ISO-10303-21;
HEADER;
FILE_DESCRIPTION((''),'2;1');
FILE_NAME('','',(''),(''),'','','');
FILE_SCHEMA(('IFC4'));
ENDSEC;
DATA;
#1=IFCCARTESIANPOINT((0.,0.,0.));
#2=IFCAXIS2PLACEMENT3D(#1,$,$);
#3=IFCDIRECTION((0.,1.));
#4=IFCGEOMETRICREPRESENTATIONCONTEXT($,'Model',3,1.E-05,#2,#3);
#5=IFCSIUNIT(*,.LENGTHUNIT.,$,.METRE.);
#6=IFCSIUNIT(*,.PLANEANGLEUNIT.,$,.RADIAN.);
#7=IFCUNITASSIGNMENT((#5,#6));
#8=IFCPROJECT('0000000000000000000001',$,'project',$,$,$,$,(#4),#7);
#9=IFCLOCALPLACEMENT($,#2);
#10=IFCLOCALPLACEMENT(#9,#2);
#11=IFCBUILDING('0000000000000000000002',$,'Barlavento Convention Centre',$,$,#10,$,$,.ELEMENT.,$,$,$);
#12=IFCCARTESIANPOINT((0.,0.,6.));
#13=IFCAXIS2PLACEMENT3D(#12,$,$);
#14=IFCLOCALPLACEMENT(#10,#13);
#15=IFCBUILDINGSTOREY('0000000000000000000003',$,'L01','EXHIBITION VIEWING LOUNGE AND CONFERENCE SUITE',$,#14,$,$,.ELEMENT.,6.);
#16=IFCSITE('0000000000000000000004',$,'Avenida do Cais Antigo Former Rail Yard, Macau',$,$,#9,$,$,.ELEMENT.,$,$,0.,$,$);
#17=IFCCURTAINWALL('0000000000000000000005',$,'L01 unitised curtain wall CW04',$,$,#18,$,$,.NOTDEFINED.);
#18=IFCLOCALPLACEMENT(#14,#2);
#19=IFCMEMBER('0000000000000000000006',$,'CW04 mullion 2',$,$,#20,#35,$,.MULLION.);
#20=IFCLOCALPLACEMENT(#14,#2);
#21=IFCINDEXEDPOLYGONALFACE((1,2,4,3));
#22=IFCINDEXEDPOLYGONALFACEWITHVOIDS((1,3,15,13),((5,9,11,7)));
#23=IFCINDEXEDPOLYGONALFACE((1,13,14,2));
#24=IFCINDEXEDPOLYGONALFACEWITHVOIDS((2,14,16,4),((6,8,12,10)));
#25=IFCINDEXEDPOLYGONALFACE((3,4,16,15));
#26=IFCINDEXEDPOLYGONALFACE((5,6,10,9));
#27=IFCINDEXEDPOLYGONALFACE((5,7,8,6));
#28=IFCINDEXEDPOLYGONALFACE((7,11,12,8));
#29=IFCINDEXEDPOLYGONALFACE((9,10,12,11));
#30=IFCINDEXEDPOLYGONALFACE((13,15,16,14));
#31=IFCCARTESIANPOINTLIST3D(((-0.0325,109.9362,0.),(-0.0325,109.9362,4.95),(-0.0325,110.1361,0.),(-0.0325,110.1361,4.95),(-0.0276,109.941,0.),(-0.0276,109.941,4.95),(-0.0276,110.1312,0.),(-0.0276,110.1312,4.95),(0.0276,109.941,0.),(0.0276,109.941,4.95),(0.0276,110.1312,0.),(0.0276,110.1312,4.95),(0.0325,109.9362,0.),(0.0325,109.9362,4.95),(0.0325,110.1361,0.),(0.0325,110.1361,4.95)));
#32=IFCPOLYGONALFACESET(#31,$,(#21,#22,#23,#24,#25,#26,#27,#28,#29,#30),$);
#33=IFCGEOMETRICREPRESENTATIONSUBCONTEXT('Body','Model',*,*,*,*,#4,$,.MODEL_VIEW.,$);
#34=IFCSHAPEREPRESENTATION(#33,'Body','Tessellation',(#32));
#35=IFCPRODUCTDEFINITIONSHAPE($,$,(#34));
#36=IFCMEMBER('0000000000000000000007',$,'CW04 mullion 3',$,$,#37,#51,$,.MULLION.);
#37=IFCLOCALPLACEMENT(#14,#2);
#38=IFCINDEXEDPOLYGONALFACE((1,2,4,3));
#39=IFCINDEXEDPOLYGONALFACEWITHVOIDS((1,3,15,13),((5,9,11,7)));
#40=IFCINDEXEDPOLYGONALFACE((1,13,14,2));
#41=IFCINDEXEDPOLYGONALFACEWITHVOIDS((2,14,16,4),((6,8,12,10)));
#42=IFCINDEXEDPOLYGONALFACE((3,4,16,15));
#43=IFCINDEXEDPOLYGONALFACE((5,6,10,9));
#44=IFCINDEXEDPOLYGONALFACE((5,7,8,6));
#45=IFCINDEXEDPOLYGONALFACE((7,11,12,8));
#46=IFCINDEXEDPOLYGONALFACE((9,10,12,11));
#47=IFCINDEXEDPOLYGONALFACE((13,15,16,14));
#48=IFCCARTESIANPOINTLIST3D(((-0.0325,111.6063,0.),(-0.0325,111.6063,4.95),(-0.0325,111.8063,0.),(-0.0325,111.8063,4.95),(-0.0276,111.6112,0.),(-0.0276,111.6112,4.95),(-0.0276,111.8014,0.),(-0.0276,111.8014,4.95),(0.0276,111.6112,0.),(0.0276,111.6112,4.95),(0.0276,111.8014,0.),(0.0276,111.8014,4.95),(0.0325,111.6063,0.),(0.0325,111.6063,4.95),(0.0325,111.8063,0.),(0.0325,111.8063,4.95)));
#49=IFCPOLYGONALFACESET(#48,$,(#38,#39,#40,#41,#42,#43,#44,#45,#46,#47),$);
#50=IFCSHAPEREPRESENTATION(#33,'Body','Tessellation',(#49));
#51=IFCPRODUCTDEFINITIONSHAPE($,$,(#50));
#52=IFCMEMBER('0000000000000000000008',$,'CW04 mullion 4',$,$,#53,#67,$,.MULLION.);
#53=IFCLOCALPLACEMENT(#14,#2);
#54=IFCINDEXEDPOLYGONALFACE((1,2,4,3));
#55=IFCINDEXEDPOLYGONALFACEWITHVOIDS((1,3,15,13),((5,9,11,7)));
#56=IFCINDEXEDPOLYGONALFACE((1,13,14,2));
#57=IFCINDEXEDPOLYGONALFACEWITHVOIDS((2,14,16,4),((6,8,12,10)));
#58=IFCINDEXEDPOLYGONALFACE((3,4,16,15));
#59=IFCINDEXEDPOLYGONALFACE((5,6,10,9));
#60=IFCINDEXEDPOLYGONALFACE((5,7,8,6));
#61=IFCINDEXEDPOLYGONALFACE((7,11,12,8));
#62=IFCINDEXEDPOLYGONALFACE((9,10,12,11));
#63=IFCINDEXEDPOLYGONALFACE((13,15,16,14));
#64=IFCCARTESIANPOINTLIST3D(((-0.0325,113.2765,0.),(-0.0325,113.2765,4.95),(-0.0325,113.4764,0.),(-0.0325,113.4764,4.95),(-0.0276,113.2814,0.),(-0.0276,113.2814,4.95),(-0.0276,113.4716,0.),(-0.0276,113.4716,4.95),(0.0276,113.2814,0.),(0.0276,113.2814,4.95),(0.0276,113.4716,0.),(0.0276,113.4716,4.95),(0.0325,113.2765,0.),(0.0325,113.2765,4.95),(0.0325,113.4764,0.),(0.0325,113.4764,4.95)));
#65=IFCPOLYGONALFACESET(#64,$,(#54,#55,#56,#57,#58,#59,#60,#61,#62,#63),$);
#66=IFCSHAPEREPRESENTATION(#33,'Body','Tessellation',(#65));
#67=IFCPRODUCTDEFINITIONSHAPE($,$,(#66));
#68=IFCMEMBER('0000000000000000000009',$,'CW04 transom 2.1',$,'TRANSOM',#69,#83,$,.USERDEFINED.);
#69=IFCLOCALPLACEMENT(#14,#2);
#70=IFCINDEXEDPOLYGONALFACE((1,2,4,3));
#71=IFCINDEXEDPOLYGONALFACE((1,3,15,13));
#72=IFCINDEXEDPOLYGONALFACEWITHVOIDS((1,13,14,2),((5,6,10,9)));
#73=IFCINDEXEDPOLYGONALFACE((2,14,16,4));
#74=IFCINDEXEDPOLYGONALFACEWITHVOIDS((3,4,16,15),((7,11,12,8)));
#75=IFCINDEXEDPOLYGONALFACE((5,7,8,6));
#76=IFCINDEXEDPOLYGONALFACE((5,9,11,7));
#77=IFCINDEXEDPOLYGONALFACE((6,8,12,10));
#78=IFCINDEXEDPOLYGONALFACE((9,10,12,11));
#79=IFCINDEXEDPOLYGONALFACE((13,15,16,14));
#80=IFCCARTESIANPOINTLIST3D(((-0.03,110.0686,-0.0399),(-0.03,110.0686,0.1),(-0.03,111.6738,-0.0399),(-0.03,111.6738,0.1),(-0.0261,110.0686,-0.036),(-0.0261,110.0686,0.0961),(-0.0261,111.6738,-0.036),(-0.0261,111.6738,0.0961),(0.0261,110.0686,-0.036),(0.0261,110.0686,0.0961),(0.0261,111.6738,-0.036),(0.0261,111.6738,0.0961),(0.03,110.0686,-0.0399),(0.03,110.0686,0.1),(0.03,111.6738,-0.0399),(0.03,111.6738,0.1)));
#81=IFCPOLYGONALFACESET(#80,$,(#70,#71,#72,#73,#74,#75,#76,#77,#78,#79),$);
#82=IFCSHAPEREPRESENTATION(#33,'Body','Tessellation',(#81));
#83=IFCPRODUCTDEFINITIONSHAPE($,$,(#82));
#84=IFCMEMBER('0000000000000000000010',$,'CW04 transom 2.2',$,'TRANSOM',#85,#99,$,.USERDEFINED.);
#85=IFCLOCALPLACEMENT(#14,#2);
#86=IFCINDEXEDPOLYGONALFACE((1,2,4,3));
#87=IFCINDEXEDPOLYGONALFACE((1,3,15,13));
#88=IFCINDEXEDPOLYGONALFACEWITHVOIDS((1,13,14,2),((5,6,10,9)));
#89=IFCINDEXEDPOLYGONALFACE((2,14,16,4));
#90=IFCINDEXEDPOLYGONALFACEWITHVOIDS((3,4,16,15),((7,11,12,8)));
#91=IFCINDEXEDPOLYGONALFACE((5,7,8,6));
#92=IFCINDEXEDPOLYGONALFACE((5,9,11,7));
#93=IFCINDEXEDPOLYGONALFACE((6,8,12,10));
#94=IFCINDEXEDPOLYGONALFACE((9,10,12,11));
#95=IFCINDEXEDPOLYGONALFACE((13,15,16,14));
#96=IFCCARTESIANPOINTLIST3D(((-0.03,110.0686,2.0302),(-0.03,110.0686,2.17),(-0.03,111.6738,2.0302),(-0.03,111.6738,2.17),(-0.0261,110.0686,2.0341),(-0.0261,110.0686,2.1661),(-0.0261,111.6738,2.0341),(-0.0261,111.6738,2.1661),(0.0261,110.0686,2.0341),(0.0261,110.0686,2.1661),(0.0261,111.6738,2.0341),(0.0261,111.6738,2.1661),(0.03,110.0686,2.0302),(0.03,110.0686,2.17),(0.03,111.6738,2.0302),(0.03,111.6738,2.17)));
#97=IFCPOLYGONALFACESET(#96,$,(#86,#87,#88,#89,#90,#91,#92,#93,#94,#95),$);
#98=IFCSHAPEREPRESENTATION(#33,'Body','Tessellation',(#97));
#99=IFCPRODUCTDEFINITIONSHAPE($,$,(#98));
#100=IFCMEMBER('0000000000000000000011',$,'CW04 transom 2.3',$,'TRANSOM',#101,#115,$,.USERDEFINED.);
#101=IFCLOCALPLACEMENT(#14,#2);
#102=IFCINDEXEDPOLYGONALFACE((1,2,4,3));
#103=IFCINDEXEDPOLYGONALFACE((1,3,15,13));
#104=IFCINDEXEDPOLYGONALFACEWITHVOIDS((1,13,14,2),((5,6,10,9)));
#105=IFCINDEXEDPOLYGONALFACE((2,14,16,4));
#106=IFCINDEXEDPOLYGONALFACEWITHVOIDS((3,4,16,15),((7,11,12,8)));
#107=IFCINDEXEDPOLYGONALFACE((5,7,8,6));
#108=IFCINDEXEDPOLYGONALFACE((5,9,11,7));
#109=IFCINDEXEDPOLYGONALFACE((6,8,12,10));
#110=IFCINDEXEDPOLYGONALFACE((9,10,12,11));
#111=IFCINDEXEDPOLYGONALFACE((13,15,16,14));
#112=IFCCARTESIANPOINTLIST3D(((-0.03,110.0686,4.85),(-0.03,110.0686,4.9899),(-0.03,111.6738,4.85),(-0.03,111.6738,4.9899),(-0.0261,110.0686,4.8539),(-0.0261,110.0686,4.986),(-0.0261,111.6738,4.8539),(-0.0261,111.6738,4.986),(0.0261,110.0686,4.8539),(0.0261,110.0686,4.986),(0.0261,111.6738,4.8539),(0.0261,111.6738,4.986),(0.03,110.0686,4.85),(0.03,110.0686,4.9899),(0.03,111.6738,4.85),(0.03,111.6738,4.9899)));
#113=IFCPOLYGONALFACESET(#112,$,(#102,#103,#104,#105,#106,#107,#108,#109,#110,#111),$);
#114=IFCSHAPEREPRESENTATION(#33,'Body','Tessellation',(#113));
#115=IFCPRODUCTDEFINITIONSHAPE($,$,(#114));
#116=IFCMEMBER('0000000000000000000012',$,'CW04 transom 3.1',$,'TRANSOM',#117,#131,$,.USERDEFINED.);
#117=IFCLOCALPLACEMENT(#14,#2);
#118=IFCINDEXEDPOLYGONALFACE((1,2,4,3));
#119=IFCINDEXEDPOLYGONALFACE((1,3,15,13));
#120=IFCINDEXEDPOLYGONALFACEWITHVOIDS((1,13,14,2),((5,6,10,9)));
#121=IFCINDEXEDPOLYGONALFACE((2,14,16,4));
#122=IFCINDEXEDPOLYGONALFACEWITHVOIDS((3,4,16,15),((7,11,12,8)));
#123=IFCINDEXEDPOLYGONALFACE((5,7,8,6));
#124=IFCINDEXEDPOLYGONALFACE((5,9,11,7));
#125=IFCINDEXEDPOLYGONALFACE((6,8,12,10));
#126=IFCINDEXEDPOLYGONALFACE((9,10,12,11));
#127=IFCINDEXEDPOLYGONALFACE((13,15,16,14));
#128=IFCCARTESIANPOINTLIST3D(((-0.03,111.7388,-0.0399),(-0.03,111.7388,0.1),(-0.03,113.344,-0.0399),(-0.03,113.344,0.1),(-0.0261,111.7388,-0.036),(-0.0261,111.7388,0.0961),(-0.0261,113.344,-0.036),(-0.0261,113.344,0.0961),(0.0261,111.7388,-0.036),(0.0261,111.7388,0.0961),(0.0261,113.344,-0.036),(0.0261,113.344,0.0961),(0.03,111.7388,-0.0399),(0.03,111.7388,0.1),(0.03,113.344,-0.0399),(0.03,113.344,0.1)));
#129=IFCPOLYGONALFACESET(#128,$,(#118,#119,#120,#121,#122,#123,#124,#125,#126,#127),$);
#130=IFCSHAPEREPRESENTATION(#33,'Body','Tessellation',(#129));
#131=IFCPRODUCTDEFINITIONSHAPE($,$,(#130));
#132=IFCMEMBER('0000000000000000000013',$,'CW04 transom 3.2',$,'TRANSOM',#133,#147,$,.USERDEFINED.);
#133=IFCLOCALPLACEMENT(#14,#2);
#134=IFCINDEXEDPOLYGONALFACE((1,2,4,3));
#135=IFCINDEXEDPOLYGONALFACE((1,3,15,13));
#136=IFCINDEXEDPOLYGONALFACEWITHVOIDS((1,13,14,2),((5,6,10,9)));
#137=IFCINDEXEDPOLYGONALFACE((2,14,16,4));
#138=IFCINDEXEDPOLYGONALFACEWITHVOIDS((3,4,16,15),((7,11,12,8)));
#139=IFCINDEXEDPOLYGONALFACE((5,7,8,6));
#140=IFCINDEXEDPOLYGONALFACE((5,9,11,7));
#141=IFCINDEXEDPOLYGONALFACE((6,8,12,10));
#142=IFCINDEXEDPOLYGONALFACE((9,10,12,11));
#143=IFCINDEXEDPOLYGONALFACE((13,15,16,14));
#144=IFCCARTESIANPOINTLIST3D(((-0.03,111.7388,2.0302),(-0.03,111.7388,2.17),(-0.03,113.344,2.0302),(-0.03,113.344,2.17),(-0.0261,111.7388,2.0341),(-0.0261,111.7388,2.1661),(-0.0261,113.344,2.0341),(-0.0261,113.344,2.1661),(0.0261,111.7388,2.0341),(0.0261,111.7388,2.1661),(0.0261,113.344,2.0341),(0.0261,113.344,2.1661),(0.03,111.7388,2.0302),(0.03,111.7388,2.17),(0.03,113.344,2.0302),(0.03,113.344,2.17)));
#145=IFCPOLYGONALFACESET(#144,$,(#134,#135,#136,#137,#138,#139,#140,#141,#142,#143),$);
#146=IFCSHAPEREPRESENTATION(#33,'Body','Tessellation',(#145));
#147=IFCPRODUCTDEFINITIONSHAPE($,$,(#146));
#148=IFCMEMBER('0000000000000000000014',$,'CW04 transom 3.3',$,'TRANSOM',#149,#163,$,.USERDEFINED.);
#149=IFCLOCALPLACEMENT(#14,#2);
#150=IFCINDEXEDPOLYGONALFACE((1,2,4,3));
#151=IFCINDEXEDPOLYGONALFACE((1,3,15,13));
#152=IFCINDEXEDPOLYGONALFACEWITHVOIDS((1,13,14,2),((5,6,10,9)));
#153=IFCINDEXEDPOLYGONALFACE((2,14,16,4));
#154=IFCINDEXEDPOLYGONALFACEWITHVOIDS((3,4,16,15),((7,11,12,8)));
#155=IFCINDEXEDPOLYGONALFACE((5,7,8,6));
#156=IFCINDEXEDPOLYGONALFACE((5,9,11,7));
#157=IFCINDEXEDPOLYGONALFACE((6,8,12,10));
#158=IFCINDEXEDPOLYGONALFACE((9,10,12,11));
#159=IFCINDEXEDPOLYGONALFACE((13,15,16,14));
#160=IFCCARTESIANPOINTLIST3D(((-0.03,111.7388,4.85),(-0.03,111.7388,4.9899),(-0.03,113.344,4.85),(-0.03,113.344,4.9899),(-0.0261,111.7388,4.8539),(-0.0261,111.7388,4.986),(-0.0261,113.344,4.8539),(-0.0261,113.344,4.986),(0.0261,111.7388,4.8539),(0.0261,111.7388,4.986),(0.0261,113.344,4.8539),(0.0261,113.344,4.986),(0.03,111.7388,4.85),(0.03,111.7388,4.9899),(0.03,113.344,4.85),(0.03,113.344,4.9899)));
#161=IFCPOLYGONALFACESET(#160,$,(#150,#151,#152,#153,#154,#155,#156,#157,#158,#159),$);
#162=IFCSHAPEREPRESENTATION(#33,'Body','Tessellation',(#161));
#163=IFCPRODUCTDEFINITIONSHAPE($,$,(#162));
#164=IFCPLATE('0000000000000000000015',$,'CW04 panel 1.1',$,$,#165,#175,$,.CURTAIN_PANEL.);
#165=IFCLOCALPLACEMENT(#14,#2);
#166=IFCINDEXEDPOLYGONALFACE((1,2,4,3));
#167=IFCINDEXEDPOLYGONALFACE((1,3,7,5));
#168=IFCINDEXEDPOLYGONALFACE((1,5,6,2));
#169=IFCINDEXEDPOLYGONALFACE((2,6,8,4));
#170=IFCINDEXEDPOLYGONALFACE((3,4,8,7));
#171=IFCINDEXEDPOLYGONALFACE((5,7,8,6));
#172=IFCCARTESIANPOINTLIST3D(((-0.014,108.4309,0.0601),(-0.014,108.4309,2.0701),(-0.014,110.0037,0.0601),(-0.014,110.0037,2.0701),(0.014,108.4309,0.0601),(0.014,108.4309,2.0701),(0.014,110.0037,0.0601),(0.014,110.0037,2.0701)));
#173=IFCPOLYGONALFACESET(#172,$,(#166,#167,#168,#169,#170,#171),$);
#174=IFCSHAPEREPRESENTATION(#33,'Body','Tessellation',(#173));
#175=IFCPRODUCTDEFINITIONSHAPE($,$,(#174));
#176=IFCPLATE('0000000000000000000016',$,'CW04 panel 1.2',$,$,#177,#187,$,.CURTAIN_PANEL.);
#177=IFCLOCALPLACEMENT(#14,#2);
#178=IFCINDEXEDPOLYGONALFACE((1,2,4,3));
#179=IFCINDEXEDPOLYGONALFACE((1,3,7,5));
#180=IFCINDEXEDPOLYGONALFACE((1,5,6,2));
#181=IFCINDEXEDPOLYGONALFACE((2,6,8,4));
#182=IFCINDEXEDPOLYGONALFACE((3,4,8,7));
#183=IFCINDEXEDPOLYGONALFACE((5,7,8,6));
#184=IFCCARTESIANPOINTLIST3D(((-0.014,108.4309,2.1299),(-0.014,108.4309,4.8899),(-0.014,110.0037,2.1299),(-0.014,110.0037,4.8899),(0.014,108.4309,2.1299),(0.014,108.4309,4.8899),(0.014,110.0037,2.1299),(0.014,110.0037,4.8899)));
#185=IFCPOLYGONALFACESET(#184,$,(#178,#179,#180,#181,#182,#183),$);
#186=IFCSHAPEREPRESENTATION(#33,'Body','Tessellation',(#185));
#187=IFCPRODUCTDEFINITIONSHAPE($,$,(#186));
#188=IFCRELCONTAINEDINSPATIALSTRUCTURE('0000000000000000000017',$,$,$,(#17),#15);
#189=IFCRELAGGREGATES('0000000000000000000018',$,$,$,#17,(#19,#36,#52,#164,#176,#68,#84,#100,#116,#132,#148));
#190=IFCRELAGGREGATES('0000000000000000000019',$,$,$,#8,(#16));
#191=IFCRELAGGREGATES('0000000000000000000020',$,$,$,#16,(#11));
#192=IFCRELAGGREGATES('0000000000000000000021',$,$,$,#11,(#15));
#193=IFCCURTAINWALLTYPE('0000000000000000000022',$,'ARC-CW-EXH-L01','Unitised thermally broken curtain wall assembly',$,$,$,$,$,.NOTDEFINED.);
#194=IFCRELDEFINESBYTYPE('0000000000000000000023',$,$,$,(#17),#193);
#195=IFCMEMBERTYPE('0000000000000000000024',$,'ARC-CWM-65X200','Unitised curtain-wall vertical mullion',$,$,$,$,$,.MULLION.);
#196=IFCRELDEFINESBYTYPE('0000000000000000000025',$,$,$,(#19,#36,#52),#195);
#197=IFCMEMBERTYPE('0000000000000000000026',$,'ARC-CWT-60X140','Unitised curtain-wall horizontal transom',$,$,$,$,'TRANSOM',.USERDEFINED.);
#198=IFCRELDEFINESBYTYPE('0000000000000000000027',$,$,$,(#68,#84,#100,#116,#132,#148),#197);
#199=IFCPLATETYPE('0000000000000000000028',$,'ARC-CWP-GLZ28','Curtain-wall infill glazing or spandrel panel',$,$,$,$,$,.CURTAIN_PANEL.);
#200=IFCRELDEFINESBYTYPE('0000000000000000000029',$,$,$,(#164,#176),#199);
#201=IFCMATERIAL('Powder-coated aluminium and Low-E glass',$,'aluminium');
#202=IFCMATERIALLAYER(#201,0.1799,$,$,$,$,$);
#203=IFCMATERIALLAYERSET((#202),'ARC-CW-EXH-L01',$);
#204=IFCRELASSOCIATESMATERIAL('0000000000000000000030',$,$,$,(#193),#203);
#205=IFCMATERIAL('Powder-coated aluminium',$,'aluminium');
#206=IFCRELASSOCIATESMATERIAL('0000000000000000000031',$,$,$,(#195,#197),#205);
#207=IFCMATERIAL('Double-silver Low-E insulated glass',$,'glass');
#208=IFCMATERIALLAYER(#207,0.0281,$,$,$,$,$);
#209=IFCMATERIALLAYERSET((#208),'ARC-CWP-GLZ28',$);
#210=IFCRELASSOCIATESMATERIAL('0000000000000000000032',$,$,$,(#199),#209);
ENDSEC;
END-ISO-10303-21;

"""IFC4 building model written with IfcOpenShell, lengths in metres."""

from ifc_helpers import new_model, si_unit, direction, frame, origin, origin_2d, place, context, subcontext, project, spatial, rectangle, hollow_rectangle, extrude, material, layer, layer_set, material_profile, profile_set, type_object, element, aggregate, save


model = new_model("IFC4")

# Units and contexts
model_context = context("Model", 3, precision=1e-05, world=origin(), true_north=direction((0.0, 1.0)))
body_context = subcontext(model_context, "Body", "Model", "MODEL_VIEW")
ifc_project = project(units=[si_unit("LENGTHUNIT", "METRE"), si_unit("PLANEANGLEUNIT", "RADIAN")], contexts=[model_context])

# Site, building, storey
site_placement = place(None, origin())
site = spatial("IfcSite", under=ifc_project, at=site_placement, Name="Avenida do Cais Antigo Former Rail Yard, Macau", CompositionType="ELEMENT", RefElevation=0.0)
building_placement = place(site_placement, origin())
building = spatial("IfcBuilding", under=site, at=building_placement, Name="Barlavento Convention Centre", CompositionType="ELEMENT")
storey_placement = place(building_placement, frame((0.0, 0.0, 6.0)))
storey = spatial("IfcBuildingStorey", under=building, at=storey_placement, Name="L01", Description="EXHIBITION VIEWING LOUNGE AND CONFERENCE SUITE", CompositionType="ELEMENT", Elevation=6.0)

# Curtain wall, members, plates
ifc_material_1 = material(Name="Powder-coated aluminium and Low-E glass", Category="aluminium")
ifc_layer_1 = layer(ifc_material_1, 0.1799)
ifc_layer_set_1 = layer_set([ifc_layer_1], Name="ARC-CW-EXH-L01")
curtain_wall_type = type_object("IfcCurtainWallType", Name="ARC-CW-EXH-L01", Description="Unitised thermally broken curtain wall assembly", PredefinedType="NOTDEFINED", material=ifc_layer_set_1)
curtain_wall_placement = place(storey_placement, origin())
curtain_wall = element("IfcCurtainWall", 1, at=curtain_wall_placement, inside=storey, type_object=curtain_wall_type, Name="L01 unitised curtain wall CW04", PredefinedType="NOTDEFINED")
ifc_material_2 = material(Name="Powder-coated aluminium", Category="aluminium")
ifc_material_profile_1 = material_profile(ifc_material_2, hollow_rectangle(XDim=0.0649, YDim=0.2, WallThickness=0.0049, at=origin_2d()), Name="AL-MULL 65x200x5")
ifc_profile_set_1 = profile_set([ifc_material_profile_1], Name="Powder-coated aluminium")
member_type_1 = type_object("IfcMemberType", Name="ARC-CWM-65X200", Description="Unitised curtain-wall vertical mullion", PredefinedType="MULLION", material=ifc_profile_set_1)
member_1_placement = place(storey_placement, frame((0.0, 110.0361, 0.0), z_axis=(0.0, 0.0, 1.0), x_axis=(-1.0, 0.0, 0.0)))
member_1 = element("IfcMember", 2, at=member_1_placement, type_object=member_type_1, Name="CW04 mullion 2", PredefinedType="MULLION", context=body_context, shape_type="SweptSolid", body=[
    extrude(hollow_rectangle(XDim=0.0649, YDim=0.2, WallThickness=0.0049, at=origin_2d()), origin(), (0.0, 0.0, 1.0), 4.95),
])
member_2_placement = place(storey_placement, frame((0.0, 111.7063, 0.0), z_axis=(0.0, 0.0, 1.0), x_axis=(-1.0, 0.0, 0.0)))
member_2 = element("IfcMember", 3, at=member_2_placement, type_object=member_type_1, Name="CW04 mullion 3", PredefinedType="MULLION", context=body_context, shape_type="SweptSolid", body=[
    extrude(hollow_rectangle(XDim=0.0649, YDim=0.2, WallThickness=0.0049, at=origin_2d()), origin(), (0.0, 0.0, 1.0), 4.95),
])
member_3_placement = place(storey_placement, frame((0.0, 113.3765, 0.0), z_axis=(0.0, 0.0, 1.0), x_axis=(-1.0, 0.0, 0.0)))
member_3 = element("IfcMember", 4, at=member_3_placement, type_object=member_type_1, Name="CW04 mullion 4", PredefinedType="MULLION", context=body_context, shape_type="SweptSolid", body=[
    extrude(hollow_rectangle(XDim=0.0649, YDim=0.2, WallThickness=0.0049, at=origin_2d()), origin(), (0.0, 0.0, 1.0), 4.95),
])
ifc_material_profile_2 = material_profile(ifc_material_2, hollow_rectangle(XDim=0.0601, YDim=0.1399, WallThickness=0.0039, at=origin_2d()), Name="AL-TRAN 60x140x4")
ifc_profile_set_2 = profile_set([ifc_material_profile_2], Name="Powder-coated aluminium")
member_type_2 = type_object("IfcMemberType", Name="ARC-CWT-60X140", Description="Unitised curtain-wall horizontal transom", ElementType="TRANSOM", PredefinedType="USERDEFINED", material=ifc_profile_set_2)
member_4_placement = place(storey_placement, frame((0.0, 110.0686, 0.03), z_axis=(0.0, 1.0, 0.0), x_axis=(-1.0, 0.0, 0.0)))
member_4 = element("IfcMember", 5, at=member_4_placement, type_object=member_type_2, Name="CW04 transom 2.1", ObjectType="TRANSOM", PredefinedType="USERDEFINED", context=body_context, shape_type="SweptSolid", body=[
    extrude(hollow_rectangle(XDim=0.0601, YDim=0.1399, WallThickness=0.0039, at=origin_2d()), origin(), (0.0, 0.0, 1.0), 1.6052),
])
member_5_placement = place(storey_placement, frame((0.0, 110.0686, 2.1001), z_axis=(0.0, 1.0, 0.0), x_axis=(-1.0, 0.0, 0.0)))
member_5 = element("IfcMember", 6, at=member_5_placement, type_object=member_type_2, Name="CW04 transom 2.2", ObjectType="TRANSOM", PredefinedType="USERDEFINED", context=body_context, shape_type="SweptSolid", body=[
    extrude(hollow_rectangle(XDim=0.0601, YDim=0.1399, WallThickness=0.0039, at=origin_2d()), origin(), (0.0, 0.0, 1.0), 1.6052),
])
member_6_placement = place(storey_placement, frame((0.0, 110.0686, 4.9199), z_axis=(0.0, 1.0, 0.0), x_axis=(-1.0, 0.0, 0.0)))
member_6 = element("IfcMember", 7, at=member_6_placement, type_object=member_type_2, Name="CW04 transom 2.3", ObjectType="TRANSOM", PredefinedType="USERDEFINED", context=body_context, shape_type="SweptSolid", body=[
    extrude(hollow_rectangle(XDim=0.0601, YDim=0.1399, WallThickness=0.0039, at=origin_2d()), origin(), (0.0, 0.0, 1.0), 1.6052),
])
member_7_placement = place(storey_placement, frame((0.0, 111.7388, 0.03), z_axis=(0.0, 1.0, 0.0), x_axis=(-1.0, 0.0, 0.0)))
member_7 = element("IfcMember", 8, at=member_7_placement, type_object=member_type_2, Name="CW04 transom 3.1", ObjectType="TRANSOM", PredefinedType="USERDEFINED", context=body_context, shape_type="SweptSolid", body=[
    extrude(hollow_rectangle(XDim=0.0601, YDim=0.1399, WallThickness=0.0039, at=origin_2d()), origin(), (0.0, 0.0, 1.0), 1.6052),
])
member_8_placement = place(storey_placement, frame((0.0, 111.7388, 2.1001), z_axis=(0.0, 1.0, 0.0), x_axis=(-1.0, 0.0, 0.0)))
member_8 = element("IfcMember", 9, at=member_8_placement, type_object=member_type_2, Name="CW04 transom 3.2", ObjectType="TRANSOM", PredefinedType="USERDEFINED", context=body_context, shape_type="SweptSolid", body=[
    extrude(hollow_rectangle(XDim=0.0601, YDim=0.1399, WallThickness=0.0039, at=origin_2d()), origin(), (0.0, 0.0, 1.0), 1.6052),
])
member_9_placement = place(storey_placement, frame((0.0, 111.7388, 4.9199), z_axis=(0.0, 1.0, 0.0), x_axis=(-1.0, 0.0, 0.0)))
member_9 = element("IfcMember", 10, at=member_9_placement, type_object=member_type_2, Name="CW04 transom 3.3", ObjectType="TRANSOM", PredefinedType="USERDEFINED", context=body_context, shape_type="SweptSolid", body=[
    extrude(hollow_rectangle(XDim=0.0601, YDim=0.1399, WallThickness=0.0039, at=origin_2d()), origin(), (0.0, 0.0, 1.0), 1.6052),
])
ifc_material_3 = material(Name="Double-silver Low-E insulated glass", Category="glass")
ifc_layer_2 = layer(ifc_material_3, 0.0281)
ifc_layer_set_2 = layer_set([ifc_layer_2], Name="ARC-CWP-GLZ28")
plate_type = type_object("IfcPlateType", Name="ARC-CWP-GLZ28", Description="Curtain-wall infill glazing or spandrel panel", PredefinedType="CURTAIN_PANEL", material=ifc_layer_set_2)
plate_1_placement = place(storey_placement, frame((0.0, 109.2173, 0.0601), z_axis=(0.0, 0.0, 1.0), x_axis=(0.0, 1.0, 0.0)))
plate_1 = element("IfcPlate", 11, at=plate_1_placement, type_object=plate_type, Name="CW04 panel 1.1", PredefinedType="CURTAIN_PANEL", context=body_context, shape_type="SweptSolid", body=[
    extrude(rectangle(XDim=1.5728, YDim=0.0281, at=origin_2d()), origin(), (0.0, 0.0, 1.0), 2.01),
])
plate_2_placement = place(storey_placement, frame((0.0, 109.2173, 2.1299), z_axis=(0.0, 0.0, 1.0), x_axis=(0.0, 1.0, 0.0)))
plate_2 = element("IfcPlate", 12, at=plate_2_placement, type_object=plate_type, Name="CW04 panel 1.2", PredefinedType="CURTAIN_PANEL", context=body_context, shape_type="SweptSolid", body=[
    extrude(rectangle(XDim=1.5728, YDim=0.0281, at=origin_2d()), origin(), (0.0, 0.0, 1.0), 2.76),
])
aggregate(curtain_wall, [member_1, member_2, member_3, plate_1, plate_2, member_4, member_5, member_6, member_7, member_8, member_9])

save(model, "model.ifc")
